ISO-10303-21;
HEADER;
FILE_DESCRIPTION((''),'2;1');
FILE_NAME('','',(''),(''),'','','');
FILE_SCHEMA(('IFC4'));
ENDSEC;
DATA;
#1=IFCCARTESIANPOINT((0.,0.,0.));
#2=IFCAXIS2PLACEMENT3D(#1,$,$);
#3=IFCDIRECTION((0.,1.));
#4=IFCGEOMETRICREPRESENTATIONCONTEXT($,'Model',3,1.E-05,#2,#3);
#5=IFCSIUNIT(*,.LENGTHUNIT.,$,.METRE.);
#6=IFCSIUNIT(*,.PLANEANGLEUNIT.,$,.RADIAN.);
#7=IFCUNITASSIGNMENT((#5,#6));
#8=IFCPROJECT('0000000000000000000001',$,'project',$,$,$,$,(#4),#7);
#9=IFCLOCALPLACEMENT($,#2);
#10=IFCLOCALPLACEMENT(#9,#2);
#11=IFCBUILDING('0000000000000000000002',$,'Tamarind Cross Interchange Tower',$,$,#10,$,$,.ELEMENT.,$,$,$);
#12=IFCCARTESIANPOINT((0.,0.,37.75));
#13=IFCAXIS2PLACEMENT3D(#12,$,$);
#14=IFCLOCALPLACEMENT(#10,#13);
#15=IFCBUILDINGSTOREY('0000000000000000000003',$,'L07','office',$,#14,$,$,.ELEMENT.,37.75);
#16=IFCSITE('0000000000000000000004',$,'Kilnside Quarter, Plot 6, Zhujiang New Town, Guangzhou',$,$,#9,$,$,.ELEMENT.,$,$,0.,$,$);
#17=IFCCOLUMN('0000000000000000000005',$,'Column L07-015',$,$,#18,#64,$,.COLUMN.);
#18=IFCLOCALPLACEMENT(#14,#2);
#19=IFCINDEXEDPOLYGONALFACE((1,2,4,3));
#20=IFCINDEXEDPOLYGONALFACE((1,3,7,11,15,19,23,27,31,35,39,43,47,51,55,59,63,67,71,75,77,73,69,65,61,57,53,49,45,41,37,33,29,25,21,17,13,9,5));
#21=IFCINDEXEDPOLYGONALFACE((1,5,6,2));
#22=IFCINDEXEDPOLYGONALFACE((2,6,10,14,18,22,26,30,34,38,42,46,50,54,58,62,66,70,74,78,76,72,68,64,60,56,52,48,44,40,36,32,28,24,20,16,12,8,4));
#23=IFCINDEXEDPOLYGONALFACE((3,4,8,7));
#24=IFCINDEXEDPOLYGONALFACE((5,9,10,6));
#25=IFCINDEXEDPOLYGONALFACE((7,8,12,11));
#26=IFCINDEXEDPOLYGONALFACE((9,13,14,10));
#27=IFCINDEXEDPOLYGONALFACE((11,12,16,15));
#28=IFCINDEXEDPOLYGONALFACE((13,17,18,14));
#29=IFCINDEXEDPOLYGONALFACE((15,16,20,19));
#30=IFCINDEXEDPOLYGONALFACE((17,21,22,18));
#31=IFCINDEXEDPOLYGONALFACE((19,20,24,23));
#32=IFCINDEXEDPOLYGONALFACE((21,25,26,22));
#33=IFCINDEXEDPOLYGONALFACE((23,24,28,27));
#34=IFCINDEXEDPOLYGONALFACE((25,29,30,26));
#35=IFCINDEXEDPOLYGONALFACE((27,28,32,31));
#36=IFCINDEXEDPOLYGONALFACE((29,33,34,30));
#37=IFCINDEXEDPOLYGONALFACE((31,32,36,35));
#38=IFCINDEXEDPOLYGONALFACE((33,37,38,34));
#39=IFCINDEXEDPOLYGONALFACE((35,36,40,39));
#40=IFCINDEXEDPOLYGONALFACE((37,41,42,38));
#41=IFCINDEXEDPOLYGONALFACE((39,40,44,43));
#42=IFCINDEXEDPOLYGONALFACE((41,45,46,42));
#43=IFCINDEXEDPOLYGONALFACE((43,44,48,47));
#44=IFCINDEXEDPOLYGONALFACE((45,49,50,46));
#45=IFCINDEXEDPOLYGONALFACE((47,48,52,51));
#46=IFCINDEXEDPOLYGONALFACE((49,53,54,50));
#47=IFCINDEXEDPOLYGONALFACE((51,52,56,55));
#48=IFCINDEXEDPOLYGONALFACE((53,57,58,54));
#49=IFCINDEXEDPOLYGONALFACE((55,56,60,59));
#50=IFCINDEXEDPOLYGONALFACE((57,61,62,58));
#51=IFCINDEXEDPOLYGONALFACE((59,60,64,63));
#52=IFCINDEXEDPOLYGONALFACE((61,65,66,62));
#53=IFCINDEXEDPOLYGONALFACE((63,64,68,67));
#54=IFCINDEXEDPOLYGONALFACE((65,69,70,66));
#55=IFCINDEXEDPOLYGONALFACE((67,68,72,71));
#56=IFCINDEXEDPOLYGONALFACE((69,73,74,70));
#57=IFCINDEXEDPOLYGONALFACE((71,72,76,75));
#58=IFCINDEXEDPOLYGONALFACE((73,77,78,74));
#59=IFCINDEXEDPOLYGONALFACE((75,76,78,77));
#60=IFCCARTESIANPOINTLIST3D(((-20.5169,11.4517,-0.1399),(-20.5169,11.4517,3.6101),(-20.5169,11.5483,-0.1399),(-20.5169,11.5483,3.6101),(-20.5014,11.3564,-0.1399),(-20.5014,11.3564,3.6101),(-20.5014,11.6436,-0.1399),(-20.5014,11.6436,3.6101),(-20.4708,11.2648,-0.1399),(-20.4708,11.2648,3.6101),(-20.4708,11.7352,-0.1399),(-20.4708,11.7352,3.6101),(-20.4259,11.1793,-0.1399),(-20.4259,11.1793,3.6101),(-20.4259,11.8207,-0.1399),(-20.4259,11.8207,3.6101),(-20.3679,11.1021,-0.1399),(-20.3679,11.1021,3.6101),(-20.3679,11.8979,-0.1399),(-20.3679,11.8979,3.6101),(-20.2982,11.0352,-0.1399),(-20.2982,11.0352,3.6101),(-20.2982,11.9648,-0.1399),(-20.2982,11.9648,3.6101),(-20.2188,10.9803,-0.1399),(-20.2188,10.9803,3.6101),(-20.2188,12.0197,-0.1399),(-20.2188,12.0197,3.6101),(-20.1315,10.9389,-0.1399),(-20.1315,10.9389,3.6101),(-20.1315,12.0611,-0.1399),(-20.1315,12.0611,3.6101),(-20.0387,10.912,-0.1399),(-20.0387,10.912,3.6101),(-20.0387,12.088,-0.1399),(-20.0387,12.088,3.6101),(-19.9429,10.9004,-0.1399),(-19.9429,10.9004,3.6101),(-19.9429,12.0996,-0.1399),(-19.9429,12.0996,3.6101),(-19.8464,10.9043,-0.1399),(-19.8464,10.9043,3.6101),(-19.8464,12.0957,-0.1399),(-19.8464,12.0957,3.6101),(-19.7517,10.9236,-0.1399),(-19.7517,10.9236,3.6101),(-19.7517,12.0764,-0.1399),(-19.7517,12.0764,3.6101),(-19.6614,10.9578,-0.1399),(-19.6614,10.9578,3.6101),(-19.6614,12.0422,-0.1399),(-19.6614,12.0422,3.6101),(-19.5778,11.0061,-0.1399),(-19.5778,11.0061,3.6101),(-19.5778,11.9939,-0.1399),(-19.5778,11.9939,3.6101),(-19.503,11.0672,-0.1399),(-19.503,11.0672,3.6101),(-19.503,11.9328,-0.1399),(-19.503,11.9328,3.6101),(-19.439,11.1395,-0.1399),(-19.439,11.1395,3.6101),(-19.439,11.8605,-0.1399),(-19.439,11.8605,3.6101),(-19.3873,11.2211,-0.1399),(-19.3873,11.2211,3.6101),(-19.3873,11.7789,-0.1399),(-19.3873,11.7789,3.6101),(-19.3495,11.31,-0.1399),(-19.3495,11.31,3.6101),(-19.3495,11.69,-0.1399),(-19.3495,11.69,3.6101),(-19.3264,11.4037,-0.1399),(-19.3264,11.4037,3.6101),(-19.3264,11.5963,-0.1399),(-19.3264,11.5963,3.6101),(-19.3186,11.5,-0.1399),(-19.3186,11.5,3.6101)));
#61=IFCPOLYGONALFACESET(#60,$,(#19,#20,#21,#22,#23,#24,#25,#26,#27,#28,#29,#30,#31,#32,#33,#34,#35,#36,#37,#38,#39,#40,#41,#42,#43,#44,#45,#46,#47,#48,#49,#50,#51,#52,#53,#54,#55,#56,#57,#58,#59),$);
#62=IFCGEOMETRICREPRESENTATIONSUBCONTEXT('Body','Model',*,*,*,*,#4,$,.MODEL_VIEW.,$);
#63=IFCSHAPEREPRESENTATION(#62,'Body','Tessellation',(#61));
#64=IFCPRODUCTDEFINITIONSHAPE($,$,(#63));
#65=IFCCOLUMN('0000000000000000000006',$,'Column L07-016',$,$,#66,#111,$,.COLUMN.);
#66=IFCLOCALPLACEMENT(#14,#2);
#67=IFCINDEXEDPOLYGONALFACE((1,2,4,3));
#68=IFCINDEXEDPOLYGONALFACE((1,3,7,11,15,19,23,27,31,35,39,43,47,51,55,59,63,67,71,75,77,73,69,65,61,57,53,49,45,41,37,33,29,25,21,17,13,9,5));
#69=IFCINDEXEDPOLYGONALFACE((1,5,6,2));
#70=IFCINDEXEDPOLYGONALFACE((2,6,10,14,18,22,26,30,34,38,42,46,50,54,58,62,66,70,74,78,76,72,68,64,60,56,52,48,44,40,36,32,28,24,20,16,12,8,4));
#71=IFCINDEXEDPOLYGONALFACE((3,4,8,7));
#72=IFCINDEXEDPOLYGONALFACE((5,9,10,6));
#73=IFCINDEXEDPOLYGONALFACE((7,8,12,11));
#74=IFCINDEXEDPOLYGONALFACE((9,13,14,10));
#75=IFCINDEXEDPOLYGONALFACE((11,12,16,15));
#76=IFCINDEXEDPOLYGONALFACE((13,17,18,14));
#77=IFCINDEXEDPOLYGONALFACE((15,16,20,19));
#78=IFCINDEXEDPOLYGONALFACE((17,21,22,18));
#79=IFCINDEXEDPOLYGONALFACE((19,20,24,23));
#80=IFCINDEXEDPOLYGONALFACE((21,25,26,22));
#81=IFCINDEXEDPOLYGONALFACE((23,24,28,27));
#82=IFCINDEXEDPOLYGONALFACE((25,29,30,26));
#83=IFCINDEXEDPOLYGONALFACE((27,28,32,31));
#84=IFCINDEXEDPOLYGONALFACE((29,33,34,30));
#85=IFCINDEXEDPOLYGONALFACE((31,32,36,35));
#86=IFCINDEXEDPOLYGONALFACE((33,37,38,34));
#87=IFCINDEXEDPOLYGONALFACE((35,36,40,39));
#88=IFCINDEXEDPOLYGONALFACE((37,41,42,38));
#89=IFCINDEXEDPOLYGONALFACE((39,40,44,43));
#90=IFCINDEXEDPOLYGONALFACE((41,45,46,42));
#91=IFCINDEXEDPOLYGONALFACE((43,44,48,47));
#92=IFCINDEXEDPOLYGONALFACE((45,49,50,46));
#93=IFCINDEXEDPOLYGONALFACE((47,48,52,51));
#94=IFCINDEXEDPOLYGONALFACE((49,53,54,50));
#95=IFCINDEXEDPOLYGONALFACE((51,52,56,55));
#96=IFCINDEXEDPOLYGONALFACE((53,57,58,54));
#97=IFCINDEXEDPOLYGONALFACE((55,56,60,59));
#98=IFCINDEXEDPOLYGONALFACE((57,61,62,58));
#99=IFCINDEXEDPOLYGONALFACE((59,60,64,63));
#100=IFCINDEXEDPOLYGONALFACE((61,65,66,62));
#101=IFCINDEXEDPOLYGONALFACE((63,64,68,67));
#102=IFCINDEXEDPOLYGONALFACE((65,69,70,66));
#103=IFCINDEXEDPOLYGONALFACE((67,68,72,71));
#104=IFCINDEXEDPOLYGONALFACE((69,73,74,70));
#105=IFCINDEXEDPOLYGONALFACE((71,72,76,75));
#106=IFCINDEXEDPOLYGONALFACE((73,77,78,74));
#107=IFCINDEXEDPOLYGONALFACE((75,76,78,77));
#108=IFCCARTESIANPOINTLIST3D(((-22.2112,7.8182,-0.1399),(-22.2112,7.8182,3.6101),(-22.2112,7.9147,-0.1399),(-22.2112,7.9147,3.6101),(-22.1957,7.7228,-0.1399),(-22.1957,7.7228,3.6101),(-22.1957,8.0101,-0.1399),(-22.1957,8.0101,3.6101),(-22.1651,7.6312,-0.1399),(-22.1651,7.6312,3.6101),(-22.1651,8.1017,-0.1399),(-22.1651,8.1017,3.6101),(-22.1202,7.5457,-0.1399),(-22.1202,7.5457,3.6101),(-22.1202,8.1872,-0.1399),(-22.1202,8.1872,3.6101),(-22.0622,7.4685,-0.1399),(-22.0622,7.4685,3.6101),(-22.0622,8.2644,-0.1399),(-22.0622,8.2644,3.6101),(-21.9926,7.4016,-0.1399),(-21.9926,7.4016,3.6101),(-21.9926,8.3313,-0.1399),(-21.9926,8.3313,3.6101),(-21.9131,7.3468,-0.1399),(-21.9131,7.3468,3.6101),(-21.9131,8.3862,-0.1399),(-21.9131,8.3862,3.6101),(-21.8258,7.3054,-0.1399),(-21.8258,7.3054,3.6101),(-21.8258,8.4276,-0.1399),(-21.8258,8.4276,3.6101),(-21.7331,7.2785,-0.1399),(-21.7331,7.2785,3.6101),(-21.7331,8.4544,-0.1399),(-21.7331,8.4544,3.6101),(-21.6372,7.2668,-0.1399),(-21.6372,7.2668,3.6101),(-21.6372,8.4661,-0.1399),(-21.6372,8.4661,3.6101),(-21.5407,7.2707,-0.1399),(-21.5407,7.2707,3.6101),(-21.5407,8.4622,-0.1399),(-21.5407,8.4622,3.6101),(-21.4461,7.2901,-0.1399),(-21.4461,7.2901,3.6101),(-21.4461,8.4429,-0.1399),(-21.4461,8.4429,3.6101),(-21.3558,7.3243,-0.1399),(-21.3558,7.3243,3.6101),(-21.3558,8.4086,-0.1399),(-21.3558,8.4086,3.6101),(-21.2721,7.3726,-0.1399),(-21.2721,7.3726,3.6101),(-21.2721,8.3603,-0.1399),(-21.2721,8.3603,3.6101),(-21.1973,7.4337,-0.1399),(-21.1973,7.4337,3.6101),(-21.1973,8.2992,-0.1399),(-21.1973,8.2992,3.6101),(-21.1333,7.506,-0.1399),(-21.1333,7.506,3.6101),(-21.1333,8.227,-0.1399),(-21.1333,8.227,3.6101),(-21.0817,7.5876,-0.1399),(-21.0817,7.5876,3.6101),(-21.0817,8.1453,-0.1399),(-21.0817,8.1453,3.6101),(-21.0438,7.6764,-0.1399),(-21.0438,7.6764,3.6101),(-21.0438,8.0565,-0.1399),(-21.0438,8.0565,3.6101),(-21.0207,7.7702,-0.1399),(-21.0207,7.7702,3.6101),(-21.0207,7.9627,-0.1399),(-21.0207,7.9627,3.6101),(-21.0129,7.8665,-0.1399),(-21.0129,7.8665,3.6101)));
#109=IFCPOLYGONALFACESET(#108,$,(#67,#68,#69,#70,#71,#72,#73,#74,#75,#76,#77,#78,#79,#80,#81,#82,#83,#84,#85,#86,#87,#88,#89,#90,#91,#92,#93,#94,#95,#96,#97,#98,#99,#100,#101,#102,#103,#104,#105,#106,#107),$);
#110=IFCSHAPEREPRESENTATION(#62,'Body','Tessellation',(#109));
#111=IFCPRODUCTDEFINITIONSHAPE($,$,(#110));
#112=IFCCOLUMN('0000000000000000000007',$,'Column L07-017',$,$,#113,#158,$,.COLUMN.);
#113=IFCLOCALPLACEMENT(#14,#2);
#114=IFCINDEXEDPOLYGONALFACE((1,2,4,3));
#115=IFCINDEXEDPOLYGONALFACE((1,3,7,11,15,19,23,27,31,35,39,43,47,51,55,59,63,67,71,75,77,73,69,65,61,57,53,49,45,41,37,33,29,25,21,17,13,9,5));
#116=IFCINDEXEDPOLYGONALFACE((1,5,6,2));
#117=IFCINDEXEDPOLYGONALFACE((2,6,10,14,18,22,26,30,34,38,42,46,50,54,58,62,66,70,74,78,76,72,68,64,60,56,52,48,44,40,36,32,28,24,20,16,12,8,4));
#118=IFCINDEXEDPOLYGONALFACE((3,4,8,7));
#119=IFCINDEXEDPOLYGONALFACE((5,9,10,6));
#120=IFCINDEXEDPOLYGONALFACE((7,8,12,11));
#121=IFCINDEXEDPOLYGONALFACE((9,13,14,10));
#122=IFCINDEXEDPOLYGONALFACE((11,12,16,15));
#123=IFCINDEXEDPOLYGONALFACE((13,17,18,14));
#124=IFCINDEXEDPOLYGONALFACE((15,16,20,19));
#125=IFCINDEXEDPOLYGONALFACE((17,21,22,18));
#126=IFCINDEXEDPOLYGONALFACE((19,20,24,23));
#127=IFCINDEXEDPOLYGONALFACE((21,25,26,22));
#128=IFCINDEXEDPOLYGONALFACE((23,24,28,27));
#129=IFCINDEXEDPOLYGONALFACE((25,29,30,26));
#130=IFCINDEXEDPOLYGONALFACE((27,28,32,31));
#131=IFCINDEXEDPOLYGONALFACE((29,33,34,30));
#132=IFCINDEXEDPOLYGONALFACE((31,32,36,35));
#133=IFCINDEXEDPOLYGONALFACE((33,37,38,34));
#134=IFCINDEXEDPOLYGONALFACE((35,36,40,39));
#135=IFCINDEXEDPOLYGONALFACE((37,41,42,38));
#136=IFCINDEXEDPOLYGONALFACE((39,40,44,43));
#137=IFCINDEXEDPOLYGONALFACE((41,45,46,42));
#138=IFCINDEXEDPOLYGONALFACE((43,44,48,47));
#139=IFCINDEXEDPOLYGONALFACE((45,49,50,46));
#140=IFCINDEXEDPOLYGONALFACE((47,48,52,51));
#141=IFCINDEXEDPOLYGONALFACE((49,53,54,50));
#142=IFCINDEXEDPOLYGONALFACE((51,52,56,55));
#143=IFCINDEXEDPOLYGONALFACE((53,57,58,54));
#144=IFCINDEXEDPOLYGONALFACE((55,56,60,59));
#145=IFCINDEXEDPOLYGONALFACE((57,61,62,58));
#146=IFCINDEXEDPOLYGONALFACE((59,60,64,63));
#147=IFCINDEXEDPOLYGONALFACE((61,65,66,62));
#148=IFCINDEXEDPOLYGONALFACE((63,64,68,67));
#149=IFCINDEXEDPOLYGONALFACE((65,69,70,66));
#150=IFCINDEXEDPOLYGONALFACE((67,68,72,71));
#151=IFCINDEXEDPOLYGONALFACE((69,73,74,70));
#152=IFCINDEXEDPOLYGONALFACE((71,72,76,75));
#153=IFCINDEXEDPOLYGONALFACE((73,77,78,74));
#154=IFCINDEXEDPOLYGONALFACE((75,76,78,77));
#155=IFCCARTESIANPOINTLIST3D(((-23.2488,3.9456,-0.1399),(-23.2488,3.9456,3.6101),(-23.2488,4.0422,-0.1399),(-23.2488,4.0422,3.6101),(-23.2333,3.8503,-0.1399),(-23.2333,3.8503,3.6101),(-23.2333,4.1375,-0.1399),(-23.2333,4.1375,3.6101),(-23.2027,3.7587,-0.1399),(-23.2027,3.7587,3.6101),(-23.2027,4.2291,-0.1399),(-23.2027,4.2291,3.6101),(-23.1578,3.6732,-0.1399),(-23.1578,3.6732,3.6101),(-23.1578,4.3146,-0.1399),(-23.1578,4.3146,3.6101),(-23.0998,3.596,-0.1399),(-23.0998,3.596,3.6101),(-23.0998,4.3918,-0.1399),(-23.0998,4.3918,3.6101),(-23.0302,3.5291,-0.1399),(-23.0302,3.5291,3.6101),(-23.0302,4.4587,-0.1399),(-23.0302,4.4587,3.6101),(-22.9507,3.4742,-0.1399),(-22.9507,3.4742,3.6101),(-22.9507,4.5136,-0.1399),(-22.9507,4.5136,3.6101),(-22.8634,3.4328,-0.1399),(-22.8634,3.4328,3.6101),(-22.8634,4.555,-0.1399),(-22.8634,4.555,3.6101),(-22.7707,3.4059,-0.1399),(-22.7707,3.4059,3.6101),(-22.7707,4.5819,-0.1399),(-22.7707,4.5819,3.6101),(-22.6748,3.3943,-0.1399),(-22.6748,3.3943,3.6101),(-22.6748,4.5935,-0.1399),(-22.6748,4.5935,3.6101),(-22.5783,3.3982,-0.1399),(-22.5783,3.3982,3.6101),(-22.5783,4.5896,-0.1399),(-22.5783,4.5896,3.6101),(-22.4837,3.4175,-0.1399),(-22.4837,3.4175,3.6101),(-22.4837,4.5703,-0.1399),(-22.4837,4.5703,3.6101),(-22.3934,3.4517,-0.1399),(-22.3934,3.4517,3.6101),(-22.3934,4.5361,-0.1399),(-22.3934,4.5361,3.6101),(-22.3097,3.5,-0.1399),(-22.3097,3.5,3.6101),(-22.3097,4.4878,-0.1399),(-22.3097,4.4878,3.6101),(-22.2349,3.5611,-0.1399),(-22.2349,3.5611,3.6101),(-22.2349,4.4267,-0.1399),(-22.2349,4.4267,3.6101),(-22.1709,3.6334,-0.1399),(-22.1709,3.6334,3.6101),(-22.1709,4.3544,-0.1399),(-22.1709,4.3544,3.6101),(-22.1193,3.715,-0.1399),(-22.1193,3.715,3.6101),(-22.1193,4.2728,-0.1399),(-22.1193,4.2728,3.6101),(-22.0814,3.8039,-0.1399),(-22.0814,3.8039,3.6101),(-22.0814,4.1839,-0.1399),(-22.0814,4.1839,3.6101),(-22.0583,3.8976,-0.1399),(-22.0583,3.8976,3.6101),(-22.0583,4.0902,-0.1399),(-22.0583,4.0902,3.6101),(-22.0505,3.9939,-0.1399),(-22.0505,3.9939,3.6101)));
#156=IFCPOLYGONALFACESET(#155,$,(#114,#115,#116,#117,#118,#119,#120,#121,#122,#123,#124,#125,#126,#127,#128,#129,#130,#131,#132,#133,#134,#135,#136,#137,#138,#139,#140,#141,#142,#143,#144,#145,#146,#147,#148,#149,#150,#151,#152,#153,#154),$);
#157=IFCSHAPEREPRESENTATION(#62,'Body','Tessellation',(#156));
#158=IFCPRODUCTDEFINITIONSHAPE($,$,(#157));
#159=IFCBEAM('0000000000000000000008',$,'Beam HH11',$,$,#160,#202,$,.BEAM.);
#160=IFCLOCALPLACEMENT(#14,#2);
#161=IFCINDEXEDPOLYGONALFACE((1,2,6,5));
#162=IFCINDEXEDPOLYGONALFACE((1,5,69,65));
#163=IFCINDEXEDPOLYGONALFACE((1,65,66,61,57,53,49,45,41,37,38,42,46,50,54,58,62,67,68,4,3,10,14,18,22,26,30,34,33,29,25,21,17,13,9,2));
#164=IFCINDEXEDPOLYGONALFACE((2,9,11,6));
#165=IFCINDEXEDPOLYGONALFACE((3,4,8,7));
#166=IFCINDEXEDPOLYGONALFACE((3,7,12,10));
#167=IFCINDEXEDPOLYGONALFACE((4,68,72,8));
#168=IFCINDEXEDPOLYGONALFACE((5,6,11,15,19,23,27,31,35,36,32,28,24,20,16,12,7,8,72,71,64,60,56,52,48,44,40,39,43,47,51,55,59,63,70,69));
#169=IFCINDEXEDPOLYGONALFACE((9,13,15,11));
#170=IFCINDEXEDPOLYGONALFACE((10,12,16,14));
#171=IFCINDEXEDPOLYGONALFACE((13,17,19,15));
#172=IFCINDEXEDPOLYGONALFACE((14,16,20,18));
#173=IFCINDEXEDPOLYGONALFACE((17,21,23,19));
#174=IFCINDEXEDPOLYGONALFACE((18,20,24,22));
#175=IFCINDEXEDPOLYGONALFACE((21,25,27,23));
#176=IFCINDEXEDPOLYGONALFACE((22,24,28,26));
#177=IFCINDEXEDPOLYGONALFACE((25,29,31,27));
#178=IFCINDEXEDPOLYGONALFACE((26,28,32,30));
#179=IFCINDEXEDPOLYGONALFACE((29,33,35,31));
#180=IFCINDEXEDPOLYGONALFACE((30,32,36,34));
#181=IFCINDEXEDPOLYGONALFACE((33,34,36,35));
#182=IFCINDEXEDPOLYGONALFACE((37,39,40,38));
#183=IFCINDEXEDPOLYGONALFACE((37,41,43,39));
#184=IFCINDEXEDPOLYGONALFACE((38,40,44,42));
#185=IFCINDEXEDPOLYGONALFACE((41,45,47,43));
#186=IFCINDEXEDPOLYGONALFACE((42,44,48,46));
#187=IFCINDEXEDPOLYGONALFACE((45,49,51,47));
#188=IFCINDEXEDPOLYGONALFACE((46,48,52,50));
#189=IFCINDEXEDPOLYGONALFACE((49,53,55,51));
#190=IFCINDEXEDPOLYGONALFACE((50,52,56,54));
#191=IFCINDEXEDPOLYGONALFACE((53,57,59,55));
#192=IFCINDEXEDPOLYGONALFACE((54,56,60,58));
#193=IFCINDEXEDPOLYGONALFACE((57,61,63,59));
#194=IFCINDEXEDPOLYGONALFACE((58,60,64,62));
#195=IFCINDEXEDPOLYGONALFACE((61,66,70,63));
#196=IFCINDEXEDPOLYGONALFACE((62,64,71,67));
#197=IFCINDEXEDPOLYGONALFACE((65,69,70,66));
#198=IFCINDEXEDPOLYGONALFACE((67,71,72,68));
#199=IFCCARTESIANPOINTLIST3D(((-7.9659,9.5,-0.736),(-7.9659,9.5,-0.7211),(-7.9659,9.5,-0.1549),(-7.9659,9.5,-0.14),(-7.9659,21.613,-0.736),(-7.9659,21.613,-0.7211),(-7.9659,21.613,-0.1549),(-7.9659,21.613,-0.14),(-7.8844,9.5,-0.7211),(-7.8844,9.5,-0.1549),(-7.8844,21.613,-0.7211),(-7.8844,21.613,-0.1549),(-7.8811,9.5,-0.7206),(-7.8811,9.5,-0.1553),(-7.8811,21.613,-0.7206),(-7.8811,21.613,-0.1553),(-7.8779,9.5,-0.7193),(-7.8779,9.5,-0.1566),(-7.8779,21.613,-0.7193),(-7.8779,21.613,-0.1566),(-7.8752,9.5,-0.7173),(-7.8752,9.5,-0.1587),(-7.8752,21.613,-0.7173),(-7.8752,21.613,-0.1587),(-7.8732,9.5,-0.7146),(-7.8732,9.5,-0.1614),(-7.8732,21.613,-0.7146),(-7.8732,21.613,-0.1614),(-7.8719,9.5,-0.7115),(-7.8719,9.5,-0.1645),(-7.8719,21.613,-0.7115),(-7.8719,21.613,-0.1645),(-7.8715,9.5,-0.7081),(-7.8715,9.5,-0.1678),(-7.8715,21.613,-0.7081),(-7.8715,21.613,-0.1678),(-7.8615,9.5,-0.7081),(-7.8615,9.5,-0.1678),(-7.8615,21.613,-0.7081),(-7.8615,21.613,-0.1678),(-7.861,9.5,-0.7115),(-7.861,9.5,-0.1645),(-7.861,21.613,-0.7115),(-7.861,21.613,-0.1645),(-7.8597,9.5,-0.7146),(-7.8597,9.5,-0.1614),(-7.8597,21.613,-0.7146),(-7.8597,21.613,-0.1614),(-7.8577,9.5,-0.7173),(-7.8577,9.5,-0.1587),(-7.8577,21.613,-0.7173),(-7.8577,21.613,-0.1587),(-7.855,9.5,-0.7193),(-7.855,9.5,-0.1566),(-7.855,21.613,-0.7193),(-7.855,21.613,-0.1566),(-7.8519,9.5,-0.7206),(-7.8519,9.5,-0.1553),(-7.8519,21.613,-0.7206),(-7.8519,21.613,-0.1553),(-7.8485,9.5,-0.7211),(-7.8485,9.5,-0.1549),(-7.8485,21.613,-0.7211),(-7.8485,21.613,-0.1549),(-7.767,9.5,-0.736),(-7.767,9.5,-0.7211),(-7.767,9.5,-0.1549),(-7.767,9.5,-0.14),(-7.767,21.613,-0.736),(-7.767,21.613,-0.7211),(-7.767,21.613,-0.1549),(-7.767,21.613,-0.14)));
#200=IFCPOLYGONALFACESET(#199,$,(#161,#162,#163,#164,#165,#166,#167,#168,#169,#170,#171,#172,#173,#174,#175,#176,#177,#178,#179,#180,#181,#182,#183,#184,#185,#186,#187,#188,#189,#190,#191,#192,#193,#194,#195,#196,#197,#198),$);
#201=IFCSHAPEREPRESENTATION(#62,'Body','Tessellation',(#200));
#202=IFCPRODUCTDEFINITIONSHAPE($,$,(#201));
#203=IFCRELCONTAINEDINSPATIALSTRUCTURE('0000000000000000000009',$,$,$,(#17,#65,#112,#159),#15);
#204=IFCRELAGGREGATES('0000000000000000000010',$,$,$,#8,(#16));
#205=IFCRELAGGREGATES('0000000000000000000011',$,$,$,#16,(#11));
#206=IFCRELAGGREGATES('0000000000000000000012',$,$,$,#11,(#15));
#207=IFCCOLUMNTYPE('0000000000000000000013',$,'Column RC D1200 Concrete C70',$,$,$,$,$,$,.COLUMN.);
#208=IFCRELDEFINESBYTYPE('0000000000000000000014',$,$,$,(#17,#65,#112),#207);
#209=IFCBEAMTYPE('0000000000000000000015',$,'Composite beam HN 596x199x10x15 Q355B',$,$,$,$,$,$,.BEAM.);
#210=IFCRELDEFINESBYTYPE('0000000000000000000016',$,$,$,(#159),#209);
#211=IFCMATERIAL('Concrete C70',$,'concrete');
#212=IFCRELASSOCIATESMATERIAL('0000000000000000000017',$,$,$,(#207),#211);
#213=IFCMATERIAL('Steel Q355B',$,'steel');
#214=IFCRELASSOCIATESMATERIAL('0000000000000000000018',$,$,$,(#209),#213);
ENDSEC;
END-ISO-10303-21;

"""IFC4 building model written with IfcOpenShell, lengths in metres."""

from ifc_helpers import new_model, si_unit, direction, frame, origin, origin_2d, place, context, subcontext, project, spatial, circle, i_section, extrude, material, material_profile, profile_set, type_object, element, save


model = new_model("IFC4")

# Units and contexts
model_context = context("Model", 3, precision=1e-05, world=origin(), true_north=direction((0.0, 1.0)))
body_context = subcontext(model_context, "Body", "Model", "MODEL_VIEW")
ifc_project = project(units=[si_unit("LENGTHUNIT", "METRE"), si_unit("PLANEANGLEUNIT", "RADIAN")], contexts=[model_context])

# Site, building, storey
site_placement = place(None, origin())
site = spatial("IfcSite", under=ifc_project, at=site_placement, Name="Kilnside Quarter, Plot 6, Zhujiang New Town, Guangzhou", CompositionType="ELEMENT", RefElevation=0.0)
building_placement = place(site_placement, origin())
building = spatial("IfcBuilding", under=site, at=building_placement, Name="Tamarind Cross Interchange Tower", CompositionType="ELEMENT")
storey_placement = place(building_placement, frame((0.0, 0.0, 37.75)))
storey = spatial("IfcBuildingStorey", under=building, at=storey_placement, Name="L07", Description="office", CompositionType="ELEMENT", Elevation=37.75)

# Columns
ifc_material_1 = material(Name="Concrete C70", Category="concrete")
ifc_material_profile_1 = material_profile(ifc_material_1, circle(Radius=0.6001, at=origin_2d()), Name="RC D1200")
ifc_profile_set_1 = profile_set([ifc_material_profile_1], Name="Concrete C70")
column_type = type_object("IfcColumnType", Name="Column RC D1200 Concrete C70", PredefinedType="COLUMN", material=ifc_profile_set_1)
for number, where, z_axis, x_axis, name in (
    (1, (-19.9187, 11.5, -0.1399), (0.0, 0.0, 1.0), (1.0, 0.0, 0.0), "Column L07-015"),
    (2, (-21.613, 7.8665, -0.1399), (0.0, 0.0, 1.0), (1.0, 0.0, 0.0), "Column L07-016"),
    (3, (-22.6506, 3.9939, -0.1399), (0.0, 0.0, 1.0), (1.0, 0.0, 0.0), "Column L07-017"),
):
    element("IfcColumn", number, at=place(storey_placement, frame(where, z_axis=z_axis, x_axis=x_axis)), inside=storey, type_object=column_type, Name=name, PredefinedType="COLUMN", context=body_context, shape_type="SweptSolid", body=[
        extrude(circle(Radius=0.6001, at=origin_2d()), origin(), (0.0, 0.0, 1.0), 3.75),
    ])

# Beam
ifc_material_2 = material(Name="Steel Q355B", Category="steel")
ifc_material_profile_2 = material_profile(ifc_material_2, i_section(OverallWidth=0.199, OverallDepth=0.5959, WebThickness=0.01, FlangeThickness=0.0149, FilletRadius=0.0129, at=origin_2d()), Name="HN 596x199x10x15")
ifc_profile_set_2 = profile_set([ifc_material_profile_2], Name="Steel Q355B")
beam_type_1 = type_object("IfcBeamType", Name="Composite beam HN 596x199x10x15 Q355B", PredefinedType="BEAM", material=ifc_profile_set_2)
beam_1_placement = place(storey_placement, frame((-7.8665, 21.613, -0.438), z_axis=(0.0, -1.0, 0.0), x_axis=(1.0, 0.0, 0.0)))
element("IfcBeam", 4, at=beam_1_placement, inside=storey, type_object=beam_type_1, Name="Beam HH11", PredefinedType="BEAM", context=body_context, shape_type="SweptSolid", body=[
    extrude(i_section(OverallWidth=0.199, OverallDepth=0.5959, WebThickness=0.01, FlangeThickness=0.0149, FilletRadius=0.0129, at=origin_2d()), origin(), (0.0, 0.0, 1.0), 12.113),
])

save(model, "model.ifc")
